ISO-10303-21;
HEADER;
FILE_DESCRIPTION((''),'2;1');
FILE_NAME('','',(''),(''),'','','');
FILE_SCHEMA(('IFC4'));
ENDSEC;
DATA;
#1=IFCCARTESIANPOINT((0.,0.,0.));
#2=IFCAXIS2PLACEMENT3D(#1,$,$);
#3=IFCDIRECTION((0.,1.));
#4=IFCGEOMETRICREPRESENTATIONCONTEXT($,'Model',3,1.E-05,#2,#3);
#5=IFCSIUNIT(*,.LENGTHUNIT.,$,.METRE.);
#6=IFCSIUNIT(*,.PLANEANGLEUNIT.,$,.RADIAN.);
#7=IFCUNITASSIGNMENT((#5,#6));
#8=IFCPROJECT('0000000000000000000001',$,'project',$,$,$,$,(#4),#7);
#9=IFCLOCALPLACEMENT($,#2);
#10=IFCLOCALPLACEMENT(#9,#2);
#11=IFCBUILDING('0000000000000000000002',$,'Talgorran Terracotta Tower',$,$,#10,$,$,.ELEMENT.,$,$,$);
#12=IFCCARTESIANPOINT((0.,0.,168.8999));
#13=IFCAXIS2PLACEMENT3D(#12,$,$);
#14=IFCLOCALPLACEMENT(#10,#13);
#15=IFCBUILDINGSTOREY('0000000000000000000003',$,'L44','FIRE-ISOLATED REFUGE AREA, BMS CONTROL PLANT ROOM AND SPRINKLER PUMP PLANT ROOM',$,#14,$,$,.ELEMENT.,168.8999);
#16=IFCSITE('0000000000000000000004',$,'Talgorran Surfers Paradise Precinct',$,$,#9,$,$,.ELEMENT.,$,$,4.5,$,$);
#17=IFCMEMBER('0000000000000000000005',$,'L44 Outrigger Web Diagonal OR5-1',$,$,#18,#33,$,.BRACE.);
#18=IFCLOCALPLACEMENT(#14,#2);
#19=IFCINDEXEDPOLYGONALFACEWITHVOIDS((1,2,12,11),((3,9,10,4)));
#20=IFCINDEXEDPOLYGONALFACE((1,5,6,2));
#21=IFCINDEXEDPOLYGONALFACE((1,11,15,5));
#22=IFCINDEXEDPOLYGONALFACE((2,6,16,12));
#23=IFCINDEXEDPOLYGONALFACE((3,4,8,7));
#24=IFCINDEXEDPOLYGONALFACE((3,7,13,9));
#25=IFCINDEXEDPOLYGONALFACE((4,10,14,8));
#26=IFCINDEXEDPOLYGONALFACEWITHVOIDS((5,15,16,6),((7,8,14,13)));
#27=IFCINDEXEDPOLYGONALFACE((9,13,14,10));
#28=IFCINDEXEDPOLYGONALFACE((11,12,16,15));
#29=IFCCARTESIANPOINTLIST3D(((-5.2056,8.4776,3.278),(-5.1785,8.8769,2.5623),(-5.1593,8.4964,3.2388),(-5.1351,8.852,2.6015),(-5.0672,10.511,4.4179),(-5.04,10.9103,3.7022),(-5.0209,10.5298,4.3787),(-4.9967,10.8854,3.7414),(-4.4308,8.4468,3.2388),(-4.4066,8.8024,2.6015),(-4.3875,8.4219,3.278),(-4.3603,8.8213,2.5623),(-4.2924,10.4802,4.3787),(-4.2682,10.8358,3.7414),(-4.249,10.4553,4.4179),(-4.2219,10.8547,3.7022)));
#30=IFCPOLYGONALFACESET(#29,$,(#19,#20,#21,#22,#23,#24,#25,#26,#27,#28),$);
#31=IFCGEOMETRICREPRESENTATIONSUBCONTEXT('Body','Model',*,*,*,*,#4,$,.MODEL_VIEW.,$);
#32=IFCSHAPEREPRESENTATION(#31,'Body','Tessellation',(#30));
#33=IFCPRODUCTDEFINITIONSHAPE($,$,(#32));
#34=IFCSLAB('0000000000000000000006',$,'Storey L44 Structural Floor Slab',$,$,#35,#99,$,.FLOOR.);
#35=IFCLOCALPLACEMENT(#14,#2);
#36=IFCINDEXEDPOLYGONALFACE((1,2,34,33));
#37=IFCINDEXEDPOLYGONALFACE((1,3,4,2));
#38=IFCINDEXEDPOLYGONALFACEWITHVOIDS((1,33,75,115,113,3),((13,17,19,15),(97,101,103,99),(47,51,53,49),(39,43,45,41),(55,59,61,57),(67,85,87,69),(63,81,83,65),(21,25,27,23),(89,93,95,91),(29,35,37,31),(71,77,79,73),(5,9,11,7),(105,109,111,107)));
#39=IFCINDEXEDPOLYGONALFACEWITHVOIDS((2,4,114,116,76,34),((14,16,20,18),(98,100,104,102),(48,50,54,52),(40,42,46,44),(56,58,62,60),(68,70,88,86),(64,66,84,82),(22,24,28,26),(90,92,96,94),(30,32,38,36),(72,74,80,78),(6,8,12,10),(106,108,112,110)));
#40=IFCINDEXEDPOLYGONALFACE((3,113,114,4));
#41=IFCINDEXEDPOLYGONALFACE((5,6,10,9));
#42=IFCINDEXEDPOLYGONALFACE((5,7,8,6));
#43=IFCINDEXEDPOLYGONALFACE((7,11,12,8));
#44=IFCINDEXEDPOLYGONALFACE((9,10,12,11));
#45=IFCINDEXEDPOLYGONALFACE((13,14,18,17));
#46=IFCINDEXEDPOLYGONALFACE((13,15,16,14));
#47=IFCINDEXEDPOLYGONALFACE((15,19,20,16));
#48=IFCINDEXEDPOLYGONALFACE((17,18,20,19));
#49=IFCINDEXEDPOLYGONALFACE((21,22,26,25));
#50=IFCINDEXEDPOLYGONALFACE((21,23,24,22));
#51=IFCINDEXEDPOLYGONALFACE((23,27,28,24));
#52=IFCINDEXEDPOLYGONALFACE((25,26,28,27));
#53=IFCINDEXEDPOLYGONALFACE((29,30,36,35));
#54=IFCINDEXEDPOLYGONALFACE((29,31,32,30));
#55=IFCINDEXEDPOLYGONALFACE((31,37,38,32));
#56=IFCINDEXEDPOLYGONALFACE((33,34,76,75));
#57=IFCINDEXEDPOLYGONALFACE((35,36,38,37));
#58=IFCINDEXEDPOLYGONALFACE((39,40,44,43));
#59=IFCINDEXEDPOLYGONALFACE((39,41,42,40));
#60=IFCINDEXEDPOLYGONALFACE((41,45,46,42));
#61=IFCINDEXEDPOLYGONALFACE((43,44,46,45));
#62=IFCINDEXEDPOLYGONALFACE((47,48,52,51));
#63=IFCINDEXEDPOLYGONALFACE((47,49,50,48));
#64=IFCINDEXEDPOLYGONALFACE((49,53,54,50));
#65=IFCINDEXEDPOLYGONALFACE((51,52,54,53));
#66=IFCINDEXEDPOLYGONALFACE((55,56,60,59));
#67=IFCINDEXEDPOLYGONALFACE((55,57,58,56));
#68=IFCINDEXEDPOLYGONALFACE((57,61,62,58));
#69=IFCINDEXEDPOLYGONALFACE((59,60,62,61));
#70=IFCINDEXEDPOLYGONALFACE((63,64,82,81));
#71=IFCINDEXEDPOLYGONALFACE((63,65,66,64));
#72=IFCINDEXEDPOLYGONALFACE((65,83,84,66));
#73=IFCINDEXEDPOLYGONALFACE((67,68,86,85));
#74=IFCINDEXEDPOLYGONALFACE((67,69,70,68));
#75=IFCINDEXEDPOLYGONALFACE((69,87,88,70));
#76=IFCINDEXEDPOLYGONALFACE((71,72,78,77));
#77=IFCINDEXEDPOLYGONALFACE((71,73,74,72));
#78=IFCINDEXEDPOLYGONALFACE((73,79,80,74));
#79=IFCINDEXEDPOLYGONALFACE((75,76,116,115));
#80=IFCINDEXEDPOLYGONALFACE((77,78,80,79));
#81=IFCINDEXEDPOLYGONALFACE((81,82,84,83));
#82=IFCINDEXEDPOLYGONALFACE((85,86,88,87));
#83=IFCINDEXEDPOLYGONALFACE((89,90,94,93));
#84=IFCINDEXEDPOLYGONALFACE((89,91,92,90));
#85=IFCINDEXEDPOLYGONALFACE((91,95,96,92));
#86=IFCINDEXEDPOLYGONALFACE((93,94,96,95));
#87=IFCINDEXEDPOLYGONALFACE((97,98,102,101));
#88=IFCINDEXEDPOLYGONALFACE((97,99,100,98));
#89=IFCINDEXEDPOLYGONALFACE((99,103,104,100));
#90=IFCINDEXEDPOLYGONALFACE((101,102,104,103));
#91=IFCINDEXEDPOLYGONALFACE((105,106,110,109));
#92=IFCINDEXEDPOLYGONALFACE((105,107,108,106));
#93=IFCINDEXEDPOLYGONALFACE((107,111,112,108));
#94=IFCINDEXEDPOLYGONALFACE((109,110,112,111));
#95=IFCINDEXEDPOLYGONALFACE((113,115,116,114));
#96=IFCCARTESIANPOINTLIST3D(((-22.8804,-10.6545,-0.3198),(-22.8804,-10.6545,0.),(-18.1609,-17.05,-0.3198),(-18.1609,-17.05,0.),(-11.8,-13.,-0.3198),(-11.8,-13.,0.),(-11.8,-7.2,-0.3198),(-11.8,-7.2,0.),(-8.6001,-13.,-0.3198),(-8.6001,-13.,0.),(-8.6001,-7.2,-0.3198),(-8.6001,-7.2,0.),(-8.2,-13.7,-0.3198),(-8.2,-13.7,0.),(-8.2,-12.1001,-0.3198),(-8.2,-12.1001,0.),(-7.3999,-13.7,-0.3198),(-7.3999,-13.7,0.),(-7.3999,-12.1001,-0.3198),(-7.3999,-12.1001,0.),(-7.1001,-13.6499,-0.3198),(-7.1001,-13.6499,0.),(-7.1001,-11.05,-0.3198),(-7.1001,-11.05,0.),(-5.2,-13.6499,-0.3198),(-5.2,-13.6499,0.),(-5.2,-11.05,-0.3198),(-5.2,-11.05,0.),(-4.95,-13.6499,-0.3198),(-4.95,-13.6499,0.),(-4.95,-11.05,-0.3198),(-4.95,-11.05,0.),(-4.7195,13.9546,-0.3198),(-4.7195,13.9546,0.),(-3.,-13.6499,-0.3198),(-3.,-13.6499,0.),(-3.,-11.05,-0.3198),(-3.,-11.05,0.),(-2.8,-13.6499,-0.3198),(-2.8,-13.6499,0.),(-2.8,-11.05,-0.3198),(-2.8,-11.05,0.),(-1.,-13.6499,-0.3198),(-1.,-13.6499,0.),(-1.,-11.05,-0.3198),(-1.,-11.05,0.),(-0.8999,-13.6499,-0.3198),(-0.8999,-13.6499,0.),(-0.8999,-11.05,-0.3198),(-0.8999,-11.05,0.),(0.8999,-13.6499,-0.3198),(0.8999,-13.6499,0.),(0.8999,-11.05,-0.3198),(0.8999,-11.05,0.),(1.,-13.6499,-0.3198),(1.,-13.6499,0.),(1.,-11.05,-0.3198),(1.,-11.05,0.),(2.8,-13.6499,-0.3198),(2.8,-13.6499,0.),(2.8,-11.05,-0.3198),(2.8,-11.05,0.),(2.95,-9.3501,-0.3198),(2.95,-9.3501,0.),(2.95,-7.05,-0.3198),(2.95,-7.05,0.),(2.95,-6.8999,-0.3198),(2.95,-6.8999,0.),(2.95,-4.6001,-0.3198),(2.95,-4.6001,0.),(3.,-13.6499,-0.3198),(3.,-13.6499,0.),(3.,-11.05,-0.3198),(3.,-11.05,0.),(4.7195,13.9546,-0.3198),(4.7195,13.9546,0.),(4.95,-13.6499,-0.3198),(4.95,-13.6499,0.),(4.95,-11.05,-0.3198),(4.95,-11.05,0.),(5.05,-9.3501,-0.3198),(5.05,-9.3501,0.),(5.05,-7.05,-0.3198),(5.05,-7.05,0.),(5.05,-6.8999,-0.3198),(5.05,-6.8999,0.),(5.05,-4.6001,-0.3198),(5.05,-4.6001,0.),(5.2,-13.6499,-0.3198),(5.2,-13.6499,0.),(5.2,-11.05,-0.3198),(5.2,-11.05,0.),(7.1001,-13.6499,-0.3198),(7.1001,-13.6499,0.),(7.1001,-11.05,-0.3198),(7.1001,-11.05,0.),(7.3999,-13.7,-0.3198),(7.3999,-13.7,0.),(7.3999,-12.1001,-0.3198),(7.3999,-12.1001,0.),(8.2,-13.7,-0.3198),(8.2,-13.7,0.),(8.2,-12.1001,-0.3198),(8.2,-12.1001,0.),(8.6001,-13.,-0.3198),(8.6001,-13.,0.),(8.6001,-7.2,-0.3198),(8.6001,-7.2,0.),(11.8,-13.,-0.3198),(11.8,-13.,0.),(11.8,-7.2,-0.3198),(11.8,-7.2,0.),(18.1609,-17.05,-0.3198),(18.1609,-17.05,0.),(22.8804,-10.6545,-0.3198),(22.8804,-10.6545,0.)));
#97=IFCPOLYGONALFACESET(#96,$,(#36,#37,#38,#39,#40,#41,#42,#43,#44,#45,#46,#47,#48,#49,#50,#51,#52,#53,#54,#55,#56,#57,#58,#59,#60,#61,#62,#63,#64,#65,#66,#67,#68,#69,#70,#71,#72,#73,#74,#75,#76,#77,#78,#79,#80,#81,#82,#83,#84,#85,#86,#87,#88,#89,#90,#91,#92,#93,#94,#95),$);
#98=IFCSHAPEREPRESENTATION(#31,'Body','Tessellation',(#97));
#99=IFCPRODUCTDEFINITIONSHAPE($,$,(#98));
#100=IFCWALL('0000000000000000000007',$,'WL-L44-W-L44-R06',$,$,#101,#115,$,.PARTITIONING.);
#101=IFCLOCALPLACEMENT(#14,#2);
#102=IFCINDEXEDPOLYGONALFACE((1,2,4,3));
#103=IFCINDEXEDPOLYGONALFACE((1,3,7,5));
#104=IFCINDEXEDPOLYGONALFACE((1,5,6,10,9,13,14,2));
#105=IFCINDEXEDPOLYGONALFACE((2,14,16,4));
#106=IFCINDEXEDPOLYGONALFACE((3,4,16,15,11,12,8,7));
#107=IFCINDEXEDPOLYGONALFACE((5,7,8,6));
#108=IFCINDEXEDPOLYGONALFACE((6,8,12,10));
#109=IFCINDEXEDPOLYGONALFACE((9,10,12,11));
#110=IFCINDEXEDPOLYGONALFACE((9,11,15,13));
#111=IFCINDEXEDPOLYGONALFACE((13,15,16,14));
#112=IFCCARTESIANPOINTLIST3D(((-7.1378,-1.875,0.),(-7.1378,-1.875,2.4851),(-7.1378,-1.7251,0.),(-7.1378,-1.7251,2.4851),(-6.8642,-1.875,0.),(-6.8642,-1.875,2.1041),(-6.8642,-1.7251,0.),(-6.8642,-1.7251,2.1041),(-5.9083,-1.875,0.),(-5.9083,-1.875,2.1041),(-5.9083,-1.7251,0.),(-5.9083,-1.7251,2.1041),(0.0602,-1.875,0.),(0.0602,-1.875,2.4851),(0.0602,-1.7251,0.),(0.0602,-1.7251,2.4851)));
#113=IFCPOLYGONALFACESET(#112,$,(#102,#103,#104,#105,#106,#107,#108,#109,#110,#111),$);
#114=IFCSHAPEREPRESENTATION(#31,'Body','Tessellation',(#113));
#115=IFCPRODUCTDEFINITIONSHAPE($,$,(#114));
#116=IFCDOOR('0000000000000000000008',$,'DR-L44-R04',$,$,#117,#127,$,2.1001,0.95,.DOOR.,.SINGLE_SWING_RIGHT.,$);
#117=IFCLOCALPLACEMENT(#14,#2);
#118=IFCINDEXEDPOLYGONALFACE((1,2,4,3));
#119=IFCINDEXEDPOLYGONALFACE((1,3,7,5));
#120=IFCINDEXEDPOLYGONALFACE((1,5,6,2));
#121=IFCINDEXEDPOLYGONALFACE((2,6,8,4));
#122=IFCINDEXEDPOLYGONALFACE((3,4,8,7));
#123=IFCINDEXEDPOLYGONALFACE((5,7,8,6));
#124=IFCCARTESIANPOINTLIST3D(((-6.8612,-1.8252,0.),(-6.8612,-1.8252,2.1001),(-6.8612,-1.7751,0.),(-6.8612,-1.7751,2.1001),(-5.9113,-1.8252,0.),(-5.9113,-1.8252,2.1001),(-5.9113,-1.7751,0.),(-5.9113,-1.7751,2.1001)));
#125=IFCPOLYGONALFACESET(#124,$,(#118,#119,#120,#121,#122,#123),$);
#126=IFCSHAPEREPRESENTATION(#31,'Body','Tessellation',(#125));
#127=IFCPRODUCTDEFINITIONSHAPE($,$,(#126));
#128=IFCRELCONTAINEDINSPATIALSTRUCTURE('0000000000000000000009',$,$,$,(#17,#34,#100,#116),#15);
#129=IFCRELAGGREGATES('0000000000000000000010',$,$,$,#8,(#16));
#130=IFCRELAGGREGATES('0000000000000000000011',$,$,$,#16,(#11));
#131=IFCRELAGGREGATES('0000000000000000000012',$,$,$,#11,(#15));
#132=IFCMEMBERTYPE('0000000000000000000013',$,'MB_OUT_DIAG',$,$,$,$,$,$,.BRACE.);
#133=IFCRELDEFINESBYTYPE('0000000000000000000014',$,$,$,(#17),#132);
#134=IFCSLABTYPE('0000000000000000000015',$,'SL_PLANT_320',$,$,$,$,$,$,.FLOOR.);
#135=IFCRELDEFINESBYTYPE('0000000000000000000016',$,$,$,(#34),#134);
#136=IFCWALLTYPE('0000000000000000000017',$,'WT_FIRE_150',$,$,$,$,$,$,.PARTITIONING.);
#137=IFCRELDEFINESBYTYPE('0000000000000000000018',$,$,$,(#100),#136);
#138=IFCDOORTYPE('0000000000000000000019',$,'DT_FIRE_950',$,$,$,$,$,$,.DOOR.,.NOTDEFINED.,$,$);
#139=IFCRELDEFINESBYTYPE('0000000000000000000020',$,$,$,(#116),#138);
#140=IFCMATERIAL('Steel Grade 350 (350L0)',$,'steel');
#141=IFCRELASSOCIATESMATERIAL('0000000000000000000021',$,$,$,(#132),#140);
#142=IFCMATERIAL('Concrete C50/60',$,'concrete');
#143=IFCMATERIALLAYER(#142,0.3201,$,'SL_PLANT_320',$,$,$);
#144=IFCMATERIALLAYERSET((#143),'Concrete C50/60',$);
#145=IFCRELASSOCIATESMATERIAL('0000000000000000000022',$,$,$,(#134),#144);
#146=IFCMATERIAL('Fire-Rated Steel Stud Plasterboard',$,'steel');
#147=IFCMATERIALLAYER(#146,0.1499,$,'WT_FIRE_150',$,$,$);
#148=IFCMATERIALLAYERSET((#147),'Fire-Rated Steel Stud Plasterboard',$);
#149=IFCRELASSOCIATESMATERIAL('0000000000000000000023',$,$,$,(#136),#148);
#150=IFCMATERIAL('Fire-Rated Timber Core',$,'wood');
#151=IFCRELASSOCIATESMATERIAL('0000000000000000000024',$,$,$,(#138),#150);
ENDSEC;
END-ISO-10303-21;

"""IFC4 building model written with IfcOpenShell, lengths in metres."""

from ifc_helpers import new_model, si_unit, direction, frame, frame_2d, origin, origin_2d, place, context, subcontext, project, spatial, polyline, rectangle, hollow_rectangle, outline, extrude, material, layer, layer_set, material_profile, profile_set, type_object, element, fill, save


model = new_model("IFC4")

# Units and contexts
model_context = context("Model", 3, precision=1e-05, world=origin(), true_north=direction((0.0, 1.0)))
body_context = subcontext(model_context, "Body", "Model", "MODEL_VIEW")
ifc_project = project(units=[si_unit("LENGTHUNIT", "METRE"), si_unit("PLANEANGLEUNIT", "RADIAN")], contexts=[model_context])

# Site, building, storey
site_placement = place(None, origin())
site = spatial("IfcSite", under=ifc_project, at=site_placement, Name="Talgorran Surfers Paradise Precinct", CompositionType="ELEMENT", RefElevation=4.5)
building_placement = place(site_placement, origin())
building = spatial("IfcBuilding", under=site, at=building_placement, Name="Talgorran Terracotta Tower", CompositionType="ELEMENT")
storey_placement = place(building_placement, frame((0.0, 0.0, 168.8999)))
storey = spatial("IfcBuildingStorey", under=building, at=storey_placement, Name="L44", Description="FIRE-ISOLATED REFUGE AREA, BMS CONTROL PLANT ROOM AND SPRINKLER PUMP PLANT ROOM", CompositionType="ELEMENT", Elevation=168.8999)

# Shared definitions
ifc_material_1 = material(Name="Steel Grade 350 (350L0)", Category="steel")

# Member
ifc_material_profile_1 = material_profile(ifc_material_1, hollow_rectangle(XDim=0.8201, YDim=0.8201, WallThickness=0.0449, at=origin_2d()), Name="WBOX820X820X45")
ifc_profile_set_1 = profile_set([ifc_material_profile_1], Name="Steel Grade 350 (350L0)")
member_type_1 = type_object("IfcMemberType", Name="MB_OUT_DIAG", PredefinedType="BRACE", material=ifc_profile_set_1)
member_1_placement = place(storey_placement, frame((-4.783, 8.6494, 2.9202), z_axis=(0.059277, 0.87076, 0.488123), x_axis=(-0.997691, 0.067918, 0.0)))
element("IfcMember", 1, at=member_1_placement, inside=storey, type_object=member_type_1, Name="L44 Outrigger Web Diagonal OR5-1", PredefinedType="BRACE", context=body_context, shape_type="SweptSolid", body=[
    extrude(hollow_rectangle(XDim=0.8201, YDim=0.8201, WallThickness=0.0449, at=origin_2d()), origin(), (0.0, 0.0, 1.0), 2.3352),
])

# Slab
ifc_material_2 = material(Name="Concrete C50/60", Category="concrete")
ifc_layer_1 = layer(ifc_material_2, 0.3201, Name="SL_PLANT_320")
ifc_layer_set_1 = layer_set([ifc_layer_1], Name="Concrete C50/60")
slab_type = type_object("IfcSlabType", Name="SL_PLANT_320", PredefinedType="FLOOR", material=ifc_layer_set_1)
slab_placement = place(storey_placement, frame((0.0, 0.0, -0.3198)))
element("IfcSlab", 2, at=slab_placement, inside=storey, type_object=slab_type, Name="Storey L44 Structural Floor Slab", PredefinedType="FLOOR", context=body_context, shape_type="SweptSolid", body=[
    extrude(outline(polyline([(-22.8804, -10.6545), (-18.1609, -17.05), (18.1609, -17.05), (22.8804, -10.6545), (4.7195, 13.9546), (-4.7195, 13.9546), (-22.8804, -10.6545)]), holes=[polyline([(-11.8, -7.2), (-11.8, -13.0), (-8.6001, -13.0), (-8.6001, -7.2), (-11.8, -7.2)]), polyline([(8.6001, -7.2), (8.6001, -13.0), (11.8, -13.0), (11.8, -7.2), (8.6001, -7.2)]), polyline([(-7.1001, -13.6499), (-5.2, -13.6499), (-5.2, -11.05), (-7.1001, -11.05), (-7.1001, -13.6499)]), polyline([(5.2, -13.6499), (7.1001, -13.6499), (7.1001, -11.05), (5.2, -11.05), (5.2, -13.6499)]), polyline([(3.0, -13.6499), (4.95, -13.6499), (4.95, -11.05), (3.0, -11.05), (3.0, -13.6499)]), polyline([(-4.95, -13.6499), (-3.0, -13.6499), (-3.0, -11.05), (-4.95, -11.05), (-4.95, -13.6499)]), polyline([(2.95, -9.3501), (5.05, -9.3501), (5.05, -7.05), (2.95, -7.05), (2.95, -9.3501)]), polyline([(2.95, -6.8999), (5.05, -6.8999), (5.05, -4.6001), (2.95, -4.6001), (2.95, -6.8999)]), polyline([(-2.8, -13.6499), (-1.0, -13.6499), (-1.0, -11.05), (-2.8, -11.05), (-2.8, -13.6499)]), polyline([(-0.8999, -13.6499), (0.8999, -13.6499), (0.8999, -11.05), (-0.8999, -11.05), (-0.8999, -13.6499)]), polyline([(1.0, -13.6499), (2.8, -13.6499), (2.8, -11.05), (1.0, -11.05), (1.0, -13.6499)]), polyline([(-8.2, -13.7), (-7.3999, -13.7), (-7.3999, -12.1001), (-8.2, -12.1001), (-8.2, -13.7)]), polyline([(7.3999, -13.7), (8.2, -13.7), (8.2, -12.1001), (7.3999, -12.1001), (7.3999, -13.7)])]), origin(), (0.0, 0.0, 1.0), 0.3198),
])

# Wall, opening, door
ifc_material_3 = material(Name="Fire-Rated Steel Stud Plasterboard", Category="steel")
ifc_layer_2 = layer(ifc_material_3, 0.1499, Name="WT_FIRE_150")
ifc_layer_set_2 = layer_set([ifc_layer_2], Name="Fire-Rated Steel Stud Plasterboard")
wall_type = type_object("IfcWallType", Name="WT_FIRE_150", PredefinedType="PARTITIONING", material=ifc_layer_set_2)
wall_placement = place(storey_placement, frame((-7.1379, -1.8, 0.0), z_axis=(0.0, 0.0, 1.0), x_axis=(1.0, 0.0, 0.0)))
wall = element("IfcWall", 3, at=wall_placement, inside=storey, type_object=wall_type, Name="WL-L44-W-L44-R06", PredefinedType="PARTITIONING", context=body_context, shape_type="SweptSolid", body=[
    extrude(rectangle(XDim=7.198, YDim=0.1499, at=frame_2d((3.5991, 0.0))), origin(), (0.0, 0.0, 1.0), 2.4851),
])
opening_placement = place(wall_placement, frame((0.2766, 0.0, 0.0)))
opening = element("IfcOpeningElement", 4, at=opening_placement, cuts=wall, PredefinedType="OPENING", context=body_context, shape_type="SweptSolid", body=[
    extrude(rectangle(XDim=0.956, YDim=2.1041, at=frame_2d((0.4751, 1.052))), frame((0.0, 0.085, 0.0), z_axis=(0.0, -1.0, 0.0), x_axis=(1.0, 0.0, 0.0)), (0.0, 0.0, 1.0), 0.1699),
])
ifc_material_4 = material(Name="Fire-Rated Timber Core", Category="wood")
door_type = type_object("IfcDoorType", Name="DT_FIRE_950", OperationType="NOTDEFINED", PredefinedType="DOOR", material=ifc_material_4)
door_placement = place(opening_placement, origin())
door = element("IfcDoor", 5, at=door_placement, inside=storey, type_object=door_type, Name="DR-L44-R04", OperationType="SINGLE_SWING_RIGHT", OverallHeight=2.1001, OverallWidth=0.95, PredefinedType="DOOR", context=body_context, shape_type="SweptSolid", body=[
    extrude(rectangle(XDim=0.95, YDim=2.1001, at=frame_2d((0.4751, 1.05))), frame((0.0, 0.0249, 0.0), z_axis=(0.0, -1.0, 0.0), x_axis=(1.0, 0.0, 0.0)), (0.0, 0.0, 1.0), 0.05),
])
fill(opening, door)

save(model, "model.ifc")
